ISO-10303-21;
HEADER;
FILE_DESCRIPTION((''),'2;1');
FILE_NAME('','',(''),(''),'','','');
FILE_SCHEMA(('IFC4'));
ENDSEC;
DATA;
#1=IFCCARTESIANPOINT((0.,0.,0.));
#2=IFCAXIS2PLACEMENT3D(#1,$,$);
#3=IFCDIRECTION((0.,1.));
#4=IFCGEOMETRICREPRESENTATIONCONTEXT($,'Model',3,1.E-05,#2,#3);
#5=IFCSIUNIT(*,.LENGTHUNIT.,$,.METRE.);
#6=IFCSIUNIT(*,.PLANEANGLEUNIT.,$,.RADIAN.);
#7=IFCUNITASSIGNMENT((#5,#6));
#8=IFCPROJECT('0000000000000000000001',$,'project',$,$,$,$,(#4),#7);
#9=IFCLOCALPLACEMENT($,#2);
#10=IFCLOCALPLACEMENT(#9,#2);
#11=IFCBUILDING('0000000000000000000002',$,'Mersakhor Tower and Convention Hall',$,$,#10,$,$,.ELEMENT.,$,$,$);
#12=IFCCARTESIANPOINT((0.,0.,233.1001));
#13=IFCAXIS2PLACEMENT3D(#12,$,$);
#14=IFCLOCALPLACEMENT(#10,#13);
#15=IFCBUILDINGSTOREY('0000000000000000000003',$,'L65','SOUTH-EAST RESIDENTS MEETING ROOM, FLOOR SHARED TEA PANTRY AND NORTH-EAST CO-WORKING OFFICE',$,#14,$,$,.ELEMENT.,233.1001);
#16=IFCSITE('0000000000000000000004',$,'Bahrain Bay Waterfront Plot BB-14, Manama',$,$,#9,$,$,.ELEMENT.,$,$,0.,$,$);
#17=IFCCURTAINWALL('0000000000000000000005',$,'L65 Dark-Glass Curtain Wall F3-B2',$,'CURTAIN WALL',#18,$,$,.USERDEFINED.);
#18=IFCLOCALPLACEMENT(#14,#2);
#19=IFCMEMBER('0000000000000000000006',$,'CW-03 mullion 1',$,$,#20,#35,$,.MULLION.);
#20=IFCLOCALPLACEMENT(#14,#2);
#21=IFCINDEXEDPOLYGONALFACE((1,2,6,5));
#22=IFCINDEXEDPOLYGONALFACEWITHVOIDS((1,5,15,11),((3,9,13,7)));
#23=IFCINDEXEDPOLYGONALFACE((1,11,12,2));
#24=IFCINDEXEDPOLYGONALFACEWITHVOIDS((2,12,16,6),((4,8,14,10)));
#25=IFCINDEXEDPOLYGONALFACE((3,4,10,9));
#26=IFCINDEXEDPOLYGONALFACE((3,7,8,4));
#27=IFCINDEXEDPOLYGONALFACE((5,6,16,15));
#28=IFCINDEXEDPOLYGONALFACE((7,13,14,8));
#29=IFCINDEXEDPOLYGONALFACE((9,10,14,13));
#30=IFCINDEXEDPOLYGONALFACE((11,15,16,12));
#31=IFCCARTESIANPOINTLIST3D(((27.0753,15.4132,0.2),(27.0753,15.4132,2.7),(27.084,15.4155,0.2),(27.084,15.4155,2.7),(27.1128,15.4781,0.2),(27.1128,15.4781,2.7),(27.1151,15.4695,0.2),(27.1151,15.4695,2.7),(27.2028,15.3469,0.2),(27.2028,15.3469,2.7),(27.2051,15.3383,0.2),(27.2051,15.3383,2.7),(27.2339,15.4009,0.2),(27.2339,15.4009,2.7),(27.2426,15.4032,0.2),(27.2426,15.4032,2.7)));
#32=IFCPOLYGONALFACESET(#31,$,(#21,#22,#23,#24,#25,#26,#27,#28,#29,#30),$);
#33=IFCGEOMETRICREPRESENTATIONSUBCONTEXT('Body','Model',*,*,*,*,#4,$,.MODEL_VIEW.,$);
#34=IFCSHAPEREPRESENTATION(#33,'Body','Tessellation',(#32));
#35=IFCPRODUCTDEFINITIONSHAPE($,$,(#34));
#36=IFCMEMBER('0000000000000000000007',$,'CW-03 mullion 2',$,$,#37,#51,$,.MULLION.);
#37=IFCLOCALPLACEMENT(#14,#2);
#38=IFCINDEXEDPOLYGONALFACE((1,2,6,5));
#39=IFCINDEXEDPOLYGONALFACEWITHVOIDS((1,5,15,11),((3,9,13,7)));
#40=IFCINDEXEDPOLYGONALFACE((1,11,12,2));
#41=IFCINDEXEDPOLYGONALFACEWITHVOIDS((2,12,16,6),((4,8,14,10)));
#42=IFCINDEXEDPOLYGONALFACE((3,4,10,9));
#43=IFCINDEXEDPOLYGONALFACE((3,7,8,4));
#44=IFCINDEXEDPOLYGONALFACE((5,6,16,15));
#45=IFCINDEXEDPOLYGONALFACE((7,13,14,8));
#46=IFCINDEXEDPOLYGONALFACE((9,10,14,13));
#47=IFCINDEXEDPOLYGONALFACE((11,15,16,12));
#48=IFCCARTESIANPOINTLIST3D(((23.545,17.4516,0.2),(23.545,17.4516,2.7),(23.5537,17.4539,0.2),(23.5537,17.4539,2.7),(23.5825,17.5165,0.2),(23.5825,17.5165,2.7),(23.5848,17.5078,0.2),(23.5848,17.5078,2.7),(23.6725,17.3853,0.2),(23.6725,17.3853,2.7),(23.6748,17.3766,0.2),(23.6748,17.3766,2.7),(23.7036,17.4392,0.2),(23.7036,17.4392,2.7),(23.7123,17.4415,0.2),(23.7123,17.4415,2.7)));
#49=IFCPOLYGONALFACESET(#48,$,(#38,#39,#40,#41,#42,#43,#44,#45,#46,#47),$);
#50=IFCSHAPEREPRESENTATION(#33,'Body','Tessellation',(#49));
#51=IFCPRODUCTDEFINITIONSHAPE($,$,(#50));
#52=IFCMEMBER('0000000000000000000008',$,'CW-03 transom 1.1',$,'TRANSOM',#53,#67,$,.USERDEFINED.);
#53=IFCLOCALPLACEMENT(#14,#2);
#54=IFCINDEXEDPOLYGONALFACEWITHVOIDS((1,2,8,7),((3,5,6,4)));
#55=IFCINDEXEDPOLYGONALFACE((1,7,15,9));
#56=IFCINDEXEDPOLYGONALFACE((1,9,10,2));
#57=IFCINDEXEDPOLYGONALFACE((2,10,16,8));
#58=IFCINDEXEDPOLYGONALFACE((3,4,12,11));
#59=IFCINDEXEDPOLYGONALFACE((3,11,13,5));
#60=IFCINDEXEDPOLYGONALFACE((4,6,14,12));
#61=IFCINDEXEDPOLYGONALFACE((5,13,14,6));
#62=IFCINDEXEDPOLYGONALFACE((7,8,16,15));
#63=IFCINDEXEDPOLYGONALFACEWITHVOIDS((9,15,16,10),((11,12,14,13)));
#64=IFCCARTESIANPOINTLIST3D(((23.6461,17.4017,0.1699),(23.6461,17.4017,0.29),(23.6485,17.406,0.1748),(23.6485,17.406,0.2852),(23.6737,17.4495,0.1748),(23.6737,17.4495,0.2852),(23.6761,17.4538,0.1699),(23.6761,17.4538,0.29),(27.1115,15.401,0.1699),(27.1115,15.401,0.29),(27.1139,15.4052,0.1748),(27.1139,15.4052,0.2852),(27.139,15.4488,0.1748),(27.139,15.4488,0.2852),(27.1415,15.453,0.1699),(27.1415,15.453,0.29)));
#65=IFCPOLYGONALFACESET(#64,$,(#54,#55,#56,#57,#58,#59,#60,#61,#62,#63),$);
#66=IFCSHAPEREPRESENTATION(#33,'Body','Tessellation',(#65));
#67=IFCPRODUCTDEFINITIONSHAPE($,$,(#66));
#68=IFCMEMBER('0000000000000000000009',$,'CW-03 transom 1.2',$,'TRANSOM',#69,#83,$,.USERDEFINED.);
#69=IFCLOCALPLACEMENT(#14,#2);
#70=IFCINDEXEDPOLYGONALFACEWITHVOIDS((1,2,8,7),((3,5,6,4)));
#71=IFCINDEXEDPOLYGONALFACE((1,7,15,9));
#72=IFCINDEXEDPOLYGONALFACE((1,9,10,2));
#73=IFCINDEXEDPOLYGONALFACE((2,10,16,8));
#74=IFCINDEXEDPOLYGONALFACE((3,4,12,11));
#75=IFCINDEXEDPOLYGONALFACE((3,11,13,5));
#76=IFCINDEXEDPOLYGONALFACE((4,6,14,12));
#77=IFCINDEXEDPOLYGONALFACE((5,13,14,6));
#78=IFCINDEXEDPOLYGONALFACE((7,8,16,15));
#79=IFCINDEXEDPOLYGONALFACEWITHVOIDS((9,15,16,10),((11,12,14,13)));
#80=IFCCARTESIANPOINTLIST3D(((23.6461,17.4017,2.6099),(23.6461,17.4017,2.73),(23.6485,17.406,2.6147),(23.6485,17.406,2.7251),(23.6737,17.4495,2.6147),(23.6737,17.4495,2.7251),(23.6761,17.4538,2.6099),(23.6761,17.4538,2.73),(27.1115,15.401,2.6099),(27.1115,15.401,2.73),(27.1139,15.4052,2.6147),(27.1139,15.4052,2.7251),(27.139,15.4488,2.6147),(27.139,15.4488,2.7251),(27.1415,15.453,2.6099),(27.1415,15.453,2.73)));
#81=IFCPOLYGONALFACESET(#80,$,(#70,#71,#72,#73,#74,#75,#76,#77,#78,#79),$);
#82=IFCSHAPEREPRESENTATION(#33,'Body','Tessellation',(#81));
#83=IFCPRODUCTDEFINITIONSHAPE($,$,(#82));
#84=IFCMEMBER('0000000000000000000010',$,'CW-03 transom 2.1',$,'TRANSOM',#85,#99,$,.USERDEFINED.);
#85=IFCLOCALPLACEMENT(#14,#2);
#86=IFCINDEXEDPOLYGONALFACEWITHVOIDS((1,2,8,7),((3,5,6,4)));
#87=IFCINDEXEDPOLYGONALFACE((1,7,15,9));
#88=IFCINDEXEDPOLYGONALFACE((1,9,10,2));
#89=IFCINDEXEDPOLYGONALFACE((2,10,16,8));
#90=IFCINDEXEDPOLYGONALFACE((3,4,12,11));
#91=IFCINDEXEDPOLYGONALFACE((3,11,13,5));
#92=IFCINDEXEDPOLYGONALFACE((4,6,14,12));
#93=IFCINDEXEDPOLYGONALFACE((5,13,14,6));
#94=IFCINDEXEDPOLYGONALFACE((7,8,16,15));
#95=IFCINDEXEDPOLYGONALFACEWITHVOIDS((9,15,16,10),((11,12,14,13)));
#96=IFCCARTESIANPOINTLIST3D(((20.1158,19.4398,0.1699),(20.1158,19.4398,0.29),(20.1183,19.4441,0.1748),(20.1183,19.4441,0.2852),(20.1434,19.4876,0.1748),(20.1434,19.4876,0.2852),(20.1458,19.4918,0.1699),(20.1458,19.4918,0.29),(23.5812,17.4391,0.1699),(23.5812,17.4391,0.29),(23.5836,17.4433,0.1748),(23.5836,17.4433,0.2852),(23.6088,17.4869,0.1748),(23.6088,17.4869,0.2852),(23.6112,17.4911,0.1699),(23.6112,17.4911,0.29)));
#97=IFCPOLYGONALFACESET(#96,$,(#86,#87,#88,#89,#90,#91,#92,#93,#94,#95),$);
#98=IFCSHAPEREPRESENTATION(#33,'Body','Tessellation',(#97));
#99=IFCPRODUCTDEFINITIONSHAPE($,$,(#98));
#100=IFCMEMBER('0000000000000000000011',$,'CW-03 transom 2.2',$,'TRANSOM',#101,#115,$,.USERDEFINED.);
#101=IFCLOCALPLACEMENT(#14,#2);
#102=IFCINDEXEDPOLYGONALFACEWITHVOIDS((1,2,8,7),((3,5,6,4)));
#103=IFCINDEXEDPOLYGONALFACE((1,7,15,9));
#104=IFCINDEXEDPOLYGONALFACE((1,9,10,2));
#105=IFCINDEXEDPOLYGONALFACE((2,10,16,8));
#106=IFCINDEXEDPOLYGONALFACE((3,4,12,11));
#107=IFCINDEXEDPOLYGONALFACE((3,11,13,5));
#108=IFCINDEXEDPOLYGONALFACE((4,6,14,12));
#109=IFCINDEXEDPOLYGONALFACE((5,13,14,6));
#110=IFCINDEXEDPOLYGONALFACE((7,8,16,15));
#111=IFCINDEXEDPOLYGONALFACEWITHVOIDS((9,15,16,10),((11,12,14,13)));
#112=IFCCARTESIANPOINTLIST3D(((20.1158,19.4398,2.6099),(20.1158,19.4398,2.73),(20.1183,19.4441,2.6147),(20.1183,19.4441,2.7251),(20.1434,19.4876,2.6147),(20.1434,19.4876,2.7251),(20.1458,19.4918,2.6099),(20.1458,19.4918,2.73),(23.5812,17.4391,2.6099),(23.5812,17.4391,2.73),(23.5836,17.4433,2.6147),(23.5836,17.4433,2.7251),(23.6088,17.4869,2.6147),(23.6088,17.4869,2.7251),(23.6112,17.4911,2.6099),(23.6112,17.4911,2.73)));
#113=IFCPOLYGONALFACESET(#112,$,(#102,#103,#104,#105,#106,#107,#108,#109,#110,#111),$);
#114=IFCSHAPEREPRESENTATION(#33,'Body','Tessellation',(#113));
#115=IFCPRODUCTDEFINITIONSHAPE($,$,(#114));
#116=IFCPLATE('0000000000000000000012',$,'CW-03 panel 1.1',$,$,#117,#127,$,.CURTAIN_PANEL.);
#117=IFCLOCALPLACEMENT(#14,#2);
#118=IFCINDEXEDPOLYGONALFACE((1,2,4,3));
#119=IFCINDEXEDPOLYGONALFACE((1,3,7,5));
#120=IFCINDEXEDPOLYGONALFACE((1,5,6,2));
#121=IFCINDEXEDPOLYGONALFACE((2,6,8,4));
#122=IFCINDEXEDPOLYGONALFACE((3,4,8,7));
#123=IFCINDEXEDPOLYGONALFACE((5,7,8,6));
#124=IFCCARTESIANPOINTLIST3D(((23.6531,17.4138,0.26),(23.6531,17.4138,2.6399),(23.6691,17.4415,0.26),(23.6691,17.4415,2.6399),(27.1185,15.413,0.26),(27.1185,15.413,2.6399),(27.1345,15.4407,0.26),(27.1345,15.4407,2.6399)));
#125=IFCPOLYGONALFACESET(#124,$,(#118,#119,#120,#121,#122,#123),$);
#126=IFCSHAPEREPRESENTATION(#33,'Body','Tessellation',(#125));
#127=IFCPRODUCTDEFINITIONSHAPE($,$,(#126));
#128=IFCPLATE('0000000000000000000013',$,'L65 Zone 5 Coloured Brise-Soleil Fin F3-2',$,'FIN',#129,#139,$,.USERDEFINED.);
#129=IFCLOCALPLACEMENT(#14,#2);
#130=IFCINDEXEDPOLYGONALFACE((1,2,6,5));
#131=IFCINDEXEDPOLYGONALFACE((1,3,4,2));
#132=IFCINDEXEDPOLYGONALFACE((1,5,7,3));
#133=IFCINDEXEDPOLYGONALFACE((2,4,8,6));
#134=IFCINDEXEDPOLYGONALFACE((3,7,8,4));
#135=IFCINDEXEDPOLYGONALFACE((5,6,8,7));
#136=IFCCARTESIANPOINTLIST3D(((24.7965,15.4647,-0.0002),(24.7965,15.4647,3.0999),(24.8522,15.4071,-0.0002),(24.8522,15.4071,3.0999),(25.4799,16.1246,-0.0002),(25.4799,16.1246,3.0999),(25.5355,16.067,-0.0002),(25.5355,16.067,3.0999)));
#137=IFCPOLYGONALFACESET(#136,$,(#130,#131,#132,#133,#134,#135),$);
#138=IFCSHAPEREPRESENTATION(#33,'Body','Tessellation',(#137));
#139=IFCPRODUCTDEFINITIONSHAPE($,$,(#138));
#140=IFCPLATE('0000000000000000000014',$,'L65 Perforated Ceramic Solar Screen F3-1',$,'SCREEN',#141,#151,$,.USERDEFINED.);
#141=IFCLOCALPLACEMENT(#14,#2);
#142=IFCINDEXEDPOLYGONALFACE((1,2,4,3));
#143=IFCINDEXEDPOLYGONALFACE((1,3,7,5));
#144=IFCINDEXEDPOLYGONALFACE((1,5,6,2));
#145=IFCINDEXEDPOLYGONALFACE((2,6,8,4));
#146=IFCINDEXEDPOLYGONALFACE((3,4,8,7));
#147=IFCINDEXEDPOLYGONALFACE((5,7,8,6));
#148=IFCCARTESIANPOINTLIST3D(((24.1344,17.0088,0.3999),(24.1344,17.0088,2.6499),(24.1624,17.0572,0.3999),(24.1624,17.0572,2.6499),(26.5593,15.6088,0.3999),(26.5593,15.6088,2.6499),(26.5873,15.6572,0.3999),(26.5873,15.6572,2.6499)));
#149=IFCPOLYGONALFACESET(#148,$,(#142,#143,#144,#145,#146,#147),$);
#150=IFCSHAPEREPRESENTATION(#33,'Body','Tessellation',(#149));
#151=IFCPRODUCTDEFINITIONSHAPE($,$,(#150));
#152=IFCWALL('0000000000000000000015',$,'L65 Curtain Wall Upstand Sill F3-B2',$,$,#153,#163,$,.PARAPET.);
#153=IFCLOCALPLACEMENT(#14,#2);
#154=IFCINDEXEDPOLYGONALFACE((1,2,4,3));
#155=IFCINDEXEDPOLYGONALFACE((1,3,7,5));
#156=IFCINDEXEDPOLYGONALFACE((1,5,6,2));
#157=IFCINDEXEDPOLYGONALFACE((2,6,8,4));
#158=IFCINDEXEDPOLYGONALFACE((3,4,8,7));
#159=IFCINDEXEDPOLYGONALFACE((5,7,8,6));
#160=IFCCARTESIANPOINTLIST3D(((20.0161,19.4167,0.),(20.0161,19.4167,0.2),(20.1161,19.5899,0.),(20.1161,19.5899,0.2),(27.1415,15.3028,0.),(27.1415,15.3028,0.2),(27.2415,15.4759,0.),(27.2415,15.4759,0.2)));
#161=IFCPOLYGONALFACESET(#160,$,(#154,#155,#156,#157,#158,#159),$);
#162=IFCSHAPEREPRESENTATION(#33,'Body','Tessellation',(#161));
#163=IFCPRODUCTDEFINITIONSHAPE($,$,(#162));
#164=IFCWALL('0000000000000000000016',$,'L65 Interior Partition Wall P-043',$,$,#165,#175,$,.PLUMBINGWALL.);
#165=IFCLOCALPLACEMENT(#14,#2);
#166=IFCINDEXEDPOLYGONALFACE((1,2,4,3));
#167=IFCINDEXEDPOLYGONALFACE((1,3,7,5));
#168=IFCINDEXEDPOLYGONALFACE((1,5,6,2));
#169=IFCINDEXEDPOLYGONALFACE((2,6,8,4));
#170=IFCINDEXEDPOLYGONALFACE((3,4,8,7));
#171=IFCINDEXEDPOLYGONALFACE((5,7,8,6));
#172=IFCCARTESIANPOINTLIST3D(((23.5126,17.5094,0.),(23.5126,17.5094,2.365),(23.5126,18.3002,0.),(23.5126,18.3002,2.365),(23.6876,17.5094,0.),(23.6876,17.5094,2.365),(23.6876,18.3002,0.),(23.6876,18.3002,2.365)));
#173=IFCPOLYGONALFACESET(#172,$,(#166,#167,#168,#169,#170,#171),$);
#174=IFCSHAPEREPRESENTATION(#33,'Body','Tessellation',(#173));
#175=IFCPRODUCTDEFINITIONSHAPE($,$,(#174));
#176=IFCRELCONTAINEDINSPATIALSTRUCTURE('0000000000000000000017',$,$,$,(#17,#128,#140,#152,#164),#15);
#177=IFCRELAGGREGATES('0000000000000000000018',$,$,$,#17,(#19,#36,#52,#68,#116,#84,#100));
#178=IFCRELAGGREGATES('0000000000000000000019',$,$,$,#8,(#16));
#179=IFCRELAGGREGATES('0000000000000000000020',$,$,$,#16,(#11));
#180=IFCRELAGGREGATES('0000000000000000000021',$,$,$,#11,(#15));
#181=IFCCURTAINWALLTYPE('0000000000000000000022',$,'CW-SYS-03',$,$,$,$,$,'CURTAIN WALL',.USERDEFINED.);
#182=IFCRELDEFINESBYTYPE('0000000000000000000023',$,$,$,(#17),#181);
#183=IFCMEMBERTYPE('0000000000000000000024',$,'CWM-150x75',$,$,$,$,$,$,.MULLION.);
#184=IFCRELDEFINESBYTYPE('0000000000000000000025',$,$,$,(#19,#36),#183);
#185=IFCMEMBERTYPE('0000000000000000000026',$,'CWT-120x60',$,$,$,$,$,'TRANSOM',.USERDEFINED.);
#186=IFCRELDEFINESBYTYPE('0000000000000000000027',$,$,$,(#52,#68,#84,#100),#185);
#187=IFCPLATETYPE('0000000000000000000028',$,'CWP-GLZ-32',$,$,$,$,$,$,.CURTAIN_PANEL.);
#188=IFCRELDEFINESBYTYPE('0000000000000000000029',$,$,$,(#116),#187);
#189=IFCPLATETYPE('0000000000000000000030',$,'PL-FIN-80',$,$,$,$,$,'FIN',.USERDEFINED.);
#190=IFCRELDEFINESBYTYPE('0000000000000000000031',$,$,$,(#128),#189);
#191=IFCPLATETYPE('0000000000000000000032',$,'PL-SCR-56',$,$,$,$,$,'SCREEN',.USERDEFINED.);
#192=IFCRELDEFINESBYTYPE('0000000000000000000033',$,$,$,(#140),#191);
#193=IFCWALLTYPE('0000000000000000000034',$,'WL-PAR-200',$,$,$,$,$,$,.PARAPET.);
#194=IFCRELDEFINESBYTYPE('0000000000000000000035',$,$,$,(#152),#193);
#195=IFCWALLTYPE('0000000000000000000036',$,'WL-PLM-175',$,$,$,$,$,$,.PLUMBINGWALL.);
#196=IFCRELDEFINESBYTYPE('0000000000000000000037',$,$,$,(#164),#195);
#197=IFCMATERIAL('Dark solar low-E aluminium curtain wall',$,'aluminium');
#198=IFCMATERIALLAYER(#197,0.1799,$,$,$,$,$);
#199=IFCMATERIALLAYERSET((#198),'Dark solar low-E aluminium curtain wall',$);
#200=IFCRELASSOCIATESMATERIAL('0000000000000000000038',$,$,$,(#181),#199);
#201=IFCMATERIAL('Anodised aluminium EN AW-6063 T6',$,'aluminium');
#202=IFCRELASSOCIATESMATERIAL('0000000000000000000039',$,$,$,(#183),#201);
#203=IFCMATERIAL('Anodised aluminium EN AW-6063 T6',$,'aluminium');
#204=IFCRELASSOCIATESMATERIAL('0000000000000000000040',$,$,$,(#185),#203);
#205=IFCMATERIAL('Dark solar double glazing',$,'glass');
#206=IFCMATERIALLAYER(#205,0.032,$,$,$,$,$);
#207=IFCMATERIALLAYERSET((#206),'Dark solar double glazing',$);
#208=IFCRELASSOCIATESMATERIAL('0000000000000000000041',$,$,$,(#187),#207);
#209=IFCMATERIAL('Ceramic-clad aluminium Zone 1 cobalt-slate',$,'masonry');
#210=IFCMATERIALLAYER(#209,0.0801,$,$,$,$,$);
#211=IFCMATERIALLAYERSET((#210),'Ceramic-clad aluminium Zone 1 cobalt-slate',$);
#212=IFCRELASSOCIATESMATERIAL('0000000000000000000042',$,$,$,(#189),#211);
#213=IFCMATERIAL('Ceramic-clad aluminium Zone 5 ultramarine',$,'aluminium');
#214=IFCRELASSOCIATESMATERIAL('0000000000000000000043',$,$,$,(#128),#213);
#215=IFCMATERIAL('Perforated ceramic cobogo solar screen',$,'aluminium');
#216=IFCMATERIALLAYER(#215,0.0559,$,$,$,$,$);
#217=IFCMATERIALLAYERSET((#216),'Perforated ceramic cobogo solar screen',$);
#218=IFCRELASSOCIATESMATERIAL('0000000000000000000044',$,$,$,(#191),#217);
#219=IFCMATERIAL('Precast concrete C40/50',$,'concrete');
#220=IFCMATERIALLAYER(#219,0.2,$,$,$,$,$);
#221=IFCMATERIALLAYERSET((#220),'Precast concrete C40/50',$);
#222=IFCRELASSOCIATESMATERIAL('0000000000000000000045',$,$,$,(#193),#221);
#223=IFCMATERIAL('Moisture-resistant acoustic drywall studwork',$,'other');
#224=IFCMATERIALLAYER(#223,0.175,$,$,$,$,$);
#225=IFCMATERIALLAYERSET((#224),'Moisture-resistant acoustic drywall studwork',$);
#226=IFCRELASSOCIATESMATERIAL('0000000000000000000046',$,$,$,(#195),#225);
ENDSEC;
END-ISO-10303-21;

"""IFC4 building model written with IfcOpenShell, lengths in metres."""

from ifc_helpers import new_model, si_unit, direction, frame, frame_2d, origin, origin_2d, place, context, subcontext, project, spatial, rectangle, hollow_rectangle, extrude, material, layer, layer_set, material_profile, profile_set, type_object, element, aggregate, save


model = new_model("IFC4")

# Units and contexts
model_context = context("Model", 3, precision=1e-05, world=origin(), true_north=direction((0.0, 1.0)))
body_context = subcontext(model_context, "Body", "Model", "MODEL_VIEW")
ifc_project = project(units=[si_unit("LENGTHUNIT", "METRE"), si_unit("PLANEANGLEUNIT", "RADIAN")], contexts=[model_context])

# Site, building, storey
site_placement = place(None, origin())
site = spatial("IfcSite", under=ifc_project, at=site_placement, Name="Bahrain Bay Waterfront Plot BB-14, Manama", CompositionType="ELEMENT", RefElevation=0.0)
building_placement = place(site_placement, origin())
building = spatial("IfcBuilding", under=site, at=building_placement, Name="Mersakhor Tower and Convention Hall", CompositionType="ELEMENT")
storey_placement = place(building_placement, frame((0.0, 0.0, 233.1001)))
storey = spatial("IfcBuildingStorey", under=building, at=storey_placement, Name="L65", Description="SOUTH-EAST RESIDENTS MEETING ROOM, FLOOR SHARED TEA PANTRY AND NORTH-EAST CO-WORKING OFFICE", CompositionType="ELEMENT", Elevation=233.1001)

# Curtain wall, members, plate
ifc_material_1 = material(Name="Dark solar low-E aluminium curtain wall", Category="aluminium")
ifc_layer_1 = layer(ifc_material_1, 0.1799)
ifc_layer_set_1 = layer_set([ifc_layer_1], Name="Dark solar low-E aluminium curtain wall")
curtain_wall_type = type_object("IfcCurtainWallType", Name="CW-SYS-03", ElementType="CURTAIN WALL", PredefinedType="USERDEFINED", material=ifc_layer_set_1)
curtain_wall_placement = place(storey_placement, origin())
curtain_wall = element("IfcCurtainWall", 1, at=curtain_wall_placement, inside=storey, type_object=curtain_wall_type, Name="L65 Dark-Glass Curtain Wall F3-B2", ObjectType="CURTAIN WALL", PredefinedType="USERDEFINED")
ifc_material_2 = material(Name="Anodised aluminium EN AW-6063 T6", Category="aluminium")
ifc_material_profile_1 = material_profile(ifc_material_2, hollow_rectangle(XDim=0.075, YDim=0.1499, WallThickness=0.0063, at=origin_2d()), Name="RHS 150x75x6.3")
ifc_profile_set_1 = profile_set([ifc_material_profile_1], Name="Anodised aluminium EN AW-6063 T6")
member_type_1 = type_object("IfcMemberType", Name="CWM-150x75", PredefinedType="MULLION", material=ifc_profile_set_1)
member_1_placement = place(storey_placement, frame((27.1589, 15.4082, 0.2), z_axis=(0.0, 0.0, 1.0), x_axis=(-0.500004, -0.866023, 0.0)))
member_1 = element("IfcMember", 2, at=member_1_placement, type_object=member_type_1, Name="CW-03 mullion 1", PredefinedType="MULLION", context=body_context, shape_type="SweptSolid", body=[
    extrude(hollow_rectangle(XDim=0.075, YDim=0.1499, WallThickness=0.0063, at=origin_2d()), origin(), (0.0, 0.0, 1.0), 2.5),
])
member_2_placement = place(storey_placement, frame((23.6287, 17.4465, 0.2), z_axis=(0.0, 0.0, 1.0), x_axis=(-0.500004, -0.866023, 0.0)))
member_2 = element("IfcMember", 3, at=member_2_placement, type_object=member_type_1, Name="CW-03 mullion 2", PredefinedType="MULLION", context=body_context, shape_type="SweptSolid", body=[
    extrude(hollow_rectangle(XDim=0.075, YDim=0.1499, WallThickness=0.0063, at=origin_2d()), origin(), (0.0, 0.0, 1.0), 2.5),
])
ifc_material_3 = material(Name="Anodised aluminium EN AW-6063 T6", Category="aluminium")
ifc_material_profile_2 = material_profile(ifc_material_3, hollow_rectangle(XDim=0.0601, YDim=0.1201, WallThickness=0.0049, at=origin_2d()), Name="RHS 120x60x5")
ifc_profile_set_2 = profile_set([ifc_material_profile_2], Name="Anodised aluminium EN AW-6063 T6")
member_type_2 = type_object("IfcMemberType", Name="CWT-120x60", ElementType="TRANSOM", PredefinedType="USERDEFINED", material=ifc_profile_set_2)
member_3_placement = place(storey_placement, frame((27.1265, 15.427, 0.23), z_axis=(-0.866023, 0.500004, 0.0), x_axis=(-0.500004, -0.866023, 0.0)))
member_3 = element("IfcMember", 4, at=member_3_placement, type_object=member_type_2, Name="CW-03 transom 1.1", ObjectType="TRANSOM", PredefinedType="USERDEFINED", context=body_context, shape_type="SweptSolid", body=[
    extrude(hollow_rectangle(XDim=0.0601, YDim=0.1201, WallThickness=0.0049, at=origin_2d()), origin(), (0.0, 0.0, 1.0), 4.0015),
])
member_4_placement = place(storey_placement, frame((27.1265, 15.427, 2.6699), z_axis=(-0.866023, 0.500004, 0.0), x_axis=(-0.500004, -0.866023, 0.0)))
member_4 = element("IfcMember", 5, at=member_4_placement, type_object=member_type_2, Name="CW-03 transom 1.2", ObjectType="TRANSOM", PredefinedType="USERDEFINED", context=body_context, shape_type="SweptSolid", body=[
    extrude(hollow_rectangle(XDim=0.0601, YDim=0.1201, WallThickness=0.0049, at=origin_2d()), origin(), (0.0, 0.0, 1.0), 4.0015),
])
member_5_placement = place(storey_placement, frame((23.5962, 17.4651, 0.23), z_axis=(-0.866023, 0.500004, 0.0), x_axis=(-0.500004, -0.866023, 0.0)))
member_5 = element("IfcMember", 6, at=member_5_placement, type_object=member_type_2, Name="CW-03 transom 2.1", ObjectType="TRANSOM", PredefinedType="USERDEFINED", context=body_context, shape_type="SweptSolid", body=[
    extrude(hollow_rectangle(XDim=0.0601, YDim=0.1201, WallThickness=0.0049, at=origin_2d()), origin(), (0.0, 0.0, 1.0), 4.0015),
])
member_6_placement = place(storey_placement, frame((23.5962, 17.4651, 2.6699), z_axis=(-0.866023, 0.500004, 0.0), x_axis=(-0.500004, -0.866023, 0.0)))
member_6 = element("IfcMember", 7, at=member_6_placement, type_object=member_type_2, Name="CW-03 transom 2.2", ObjectType="TRANSOM", PredefinedType="USERDEFINED", context=body_context, shape_type="SweptSolid", body=[
    extrude(hollow_rectangle(XDim=0.0601, YDim=0.1201, WallThickness=0.0049, at=origin_2d()), origin(), (0.0, 0.0, 1.0), 4.0015),
])
ifc_material_4 = material(Name="Dark solar double glazing", Category="glass")
ifc_layer_2 = layer(ifc_material_4, 0.032)
ifc_layer_set_2 = layer_set([ifc_layer_2], Name="Dark solar double glazing")
plate_type_1 = type_object("IfcPlateType", Name="CWP-GLZ-32", PredefinedType="CURTAIN_PANEL", material=ifc_layer_set_2)
plate_1_placement = place(storey_placement, frame((25.3938, 16.4272, 0.26), z_axis=(0.0, 0.0, 1.0), x_axis=(-0.866023, 0.500004, 0.0)))
plate_1 = element("IfcPlate", 8, at=plate_1_placement, type_object=plate_type_1, Name="CW-03 panel 1.1", PredefinedType="CURTAIN_PANEL", context=body_context, shape_type="SweptSolid", body=[
    extrude(rectangle(XDim=4.0015, YDim=0.032, at=origin_2d()), origin(), (0.0, 0.0, 1.0), 2.3799),
])
aggregate(curtain_wall, [member_1, member_2, member_3, member_4, plate_1, member_5, member_6])

# Plates
ifc_material_5 = material(Name="Ceramic-clad aluminium Zone 5 ultramarine", Category="aluminium")
ifc_material_6 = material(Name="Ceramic-clad aluminium Zone 1 cobalt-slate", Category="masonry")
ifc_layer_3 = layer(ifc_material_6, 0.0801)
ifc_layer_set_3 = layer_set([ifc_layer_3], Name="Ceramic-clad aluminium Zone 1 cobalt-slate")
plate_type_2 = type_object("IfcPlateType", Name="PL-FIN-80", ElementType="FIN", PredefinedType="USERDEFINED", material=ifc_layer_set_3)
plate_2_placement = place(storey_placement, frame((25.166, 15.7659, -0.0002), z_axis=(0.0, 0.0, 1.0), x_axis=(-0.71934, -0.694658, 0.0)))
element("IfcPlate", 9, at=plate_2_placement, inside=storey, type_object=plate_type_2, material=ifc_material_5, Name="L65 Zone 5 Coloured Brise-Soleil Fin F3-2", ObjectType="FIN", PredefinedType="USERDEFINED", context=body_context, shape_type="SweptSolid", body=[
    extrude(rectangle(XDim=0.95, YDim=0.0801, at=origin_2d()), origin(), (0.0, 0.0, 1.0), 3.1001),
])
ifc_material_7 = material(Name="Perforated ceramic cobogo solar screen", Category="aluminium")
ifc_layer_4 = layer(ifc_material_7, 0.0559)
ifc_layer_set_4 = layer_set([ifc_layer_4], Name="Perforated ceramic cobogo solar screen")
plate_type_3 = type_object("IfcPlateType", Name="PL-SCR-56", ElementType="SCREEN", PredefinedType="USERDEFINED", material=ifc_layer_set_4)
plate_3_placement = place(storey_placement, frame((25.3608, 16.333, 0.3999), z_axis=(0.0, 0.0, 1.0), x_axis=(-0.866025, 0.5, 0.0)))
element("IfcPlate", 10, at=plate_3_placement, inside=storey, type_object=plate_type_3, Name="L65 Perforated Ceramic Solar Screen F3-1", ObjectType="SCREEN", PredefinedType="USERDEFINED", context=body_context, shape_type="SweptSolid", body=[
    extrude(rectangle(XDim=2.8, YDim=0.0559, at=origin_2d()), origin(), (0.0, 0.0, 1.0), 2.25),
])

# Walls
ifc_material_8 = material(Name="Precast concrete C40/50", Category="concrete")
ifc_layer_5 = layer(ifc_material_8, 0.2)
ifc_layer_set_5 = layer_set([ifc_layer_5], Name="Precast concrete C40/50")
wall_type_1 = type_object("IfcWallType", Name="WL-PAR-200", PredefinedType="PARAPET", material=ifc_layer_set_5)
wall_1_placement = place(storey_placement, frame((27.1914, 15.3894, 0.0), z_axis=(0.0, 0.0, 1.0), x_axis=(-0.86602, 0.50001, 0.0)))
element("IfcWall", 11, at=wall_1_placement, inside=storey, type_object=wall_type_1, Name="L65 Curtain Wall Upstand Sill F3-B2", PredefinedType="PARAPET", context=body_context, shape_type="SweptSolid", body=[
    extrude(rectangle(XDim=8.2278, YDim=0.2, at=frame_2d((4.1138, 0.0))), origin(), (0.0, 0.0, 1.0), 0.2),
])
ifc_material_9 = material(Name="Moisture-resistant acoustic drywall studwork", Category="other")
ifc_layer_6 = layer(ifc_material_9, 0.175)
ifc_layer_set_6 = layer_set([ifc_layer_6], Name="Moisture-resistant acoustic drywall studwork")
wall_type_2 = type_object("IfcWallType", Name="WL-PLM-175", PredefinedType="PLUMBINGWALL", material=ifc_layer_set_6)
wall_2_placement = place(storey_placement, frame((23.6001, 17.5093, 0.0), z_axis=(0.0, 0.0, 1.0), x_axis=(0.0, 1.0, 0.0)))
element("IfcWall", 12, at=wall_2_placement, inside=storey, type_object=wall_type_2, Name="L65 Interior Partition Wall P-043", PredefinedType="PLUMBINGWALL", context=body_context, shape_type="SweptSolid", body=[
    extrude(rectangle(XDim=0.7908, YDim=0.175, at=frame_2d((0.3955, 0.0))), origin(), (0.0, 0.0, 1.0), 2.365),
])

save(model, "model.ifc")
